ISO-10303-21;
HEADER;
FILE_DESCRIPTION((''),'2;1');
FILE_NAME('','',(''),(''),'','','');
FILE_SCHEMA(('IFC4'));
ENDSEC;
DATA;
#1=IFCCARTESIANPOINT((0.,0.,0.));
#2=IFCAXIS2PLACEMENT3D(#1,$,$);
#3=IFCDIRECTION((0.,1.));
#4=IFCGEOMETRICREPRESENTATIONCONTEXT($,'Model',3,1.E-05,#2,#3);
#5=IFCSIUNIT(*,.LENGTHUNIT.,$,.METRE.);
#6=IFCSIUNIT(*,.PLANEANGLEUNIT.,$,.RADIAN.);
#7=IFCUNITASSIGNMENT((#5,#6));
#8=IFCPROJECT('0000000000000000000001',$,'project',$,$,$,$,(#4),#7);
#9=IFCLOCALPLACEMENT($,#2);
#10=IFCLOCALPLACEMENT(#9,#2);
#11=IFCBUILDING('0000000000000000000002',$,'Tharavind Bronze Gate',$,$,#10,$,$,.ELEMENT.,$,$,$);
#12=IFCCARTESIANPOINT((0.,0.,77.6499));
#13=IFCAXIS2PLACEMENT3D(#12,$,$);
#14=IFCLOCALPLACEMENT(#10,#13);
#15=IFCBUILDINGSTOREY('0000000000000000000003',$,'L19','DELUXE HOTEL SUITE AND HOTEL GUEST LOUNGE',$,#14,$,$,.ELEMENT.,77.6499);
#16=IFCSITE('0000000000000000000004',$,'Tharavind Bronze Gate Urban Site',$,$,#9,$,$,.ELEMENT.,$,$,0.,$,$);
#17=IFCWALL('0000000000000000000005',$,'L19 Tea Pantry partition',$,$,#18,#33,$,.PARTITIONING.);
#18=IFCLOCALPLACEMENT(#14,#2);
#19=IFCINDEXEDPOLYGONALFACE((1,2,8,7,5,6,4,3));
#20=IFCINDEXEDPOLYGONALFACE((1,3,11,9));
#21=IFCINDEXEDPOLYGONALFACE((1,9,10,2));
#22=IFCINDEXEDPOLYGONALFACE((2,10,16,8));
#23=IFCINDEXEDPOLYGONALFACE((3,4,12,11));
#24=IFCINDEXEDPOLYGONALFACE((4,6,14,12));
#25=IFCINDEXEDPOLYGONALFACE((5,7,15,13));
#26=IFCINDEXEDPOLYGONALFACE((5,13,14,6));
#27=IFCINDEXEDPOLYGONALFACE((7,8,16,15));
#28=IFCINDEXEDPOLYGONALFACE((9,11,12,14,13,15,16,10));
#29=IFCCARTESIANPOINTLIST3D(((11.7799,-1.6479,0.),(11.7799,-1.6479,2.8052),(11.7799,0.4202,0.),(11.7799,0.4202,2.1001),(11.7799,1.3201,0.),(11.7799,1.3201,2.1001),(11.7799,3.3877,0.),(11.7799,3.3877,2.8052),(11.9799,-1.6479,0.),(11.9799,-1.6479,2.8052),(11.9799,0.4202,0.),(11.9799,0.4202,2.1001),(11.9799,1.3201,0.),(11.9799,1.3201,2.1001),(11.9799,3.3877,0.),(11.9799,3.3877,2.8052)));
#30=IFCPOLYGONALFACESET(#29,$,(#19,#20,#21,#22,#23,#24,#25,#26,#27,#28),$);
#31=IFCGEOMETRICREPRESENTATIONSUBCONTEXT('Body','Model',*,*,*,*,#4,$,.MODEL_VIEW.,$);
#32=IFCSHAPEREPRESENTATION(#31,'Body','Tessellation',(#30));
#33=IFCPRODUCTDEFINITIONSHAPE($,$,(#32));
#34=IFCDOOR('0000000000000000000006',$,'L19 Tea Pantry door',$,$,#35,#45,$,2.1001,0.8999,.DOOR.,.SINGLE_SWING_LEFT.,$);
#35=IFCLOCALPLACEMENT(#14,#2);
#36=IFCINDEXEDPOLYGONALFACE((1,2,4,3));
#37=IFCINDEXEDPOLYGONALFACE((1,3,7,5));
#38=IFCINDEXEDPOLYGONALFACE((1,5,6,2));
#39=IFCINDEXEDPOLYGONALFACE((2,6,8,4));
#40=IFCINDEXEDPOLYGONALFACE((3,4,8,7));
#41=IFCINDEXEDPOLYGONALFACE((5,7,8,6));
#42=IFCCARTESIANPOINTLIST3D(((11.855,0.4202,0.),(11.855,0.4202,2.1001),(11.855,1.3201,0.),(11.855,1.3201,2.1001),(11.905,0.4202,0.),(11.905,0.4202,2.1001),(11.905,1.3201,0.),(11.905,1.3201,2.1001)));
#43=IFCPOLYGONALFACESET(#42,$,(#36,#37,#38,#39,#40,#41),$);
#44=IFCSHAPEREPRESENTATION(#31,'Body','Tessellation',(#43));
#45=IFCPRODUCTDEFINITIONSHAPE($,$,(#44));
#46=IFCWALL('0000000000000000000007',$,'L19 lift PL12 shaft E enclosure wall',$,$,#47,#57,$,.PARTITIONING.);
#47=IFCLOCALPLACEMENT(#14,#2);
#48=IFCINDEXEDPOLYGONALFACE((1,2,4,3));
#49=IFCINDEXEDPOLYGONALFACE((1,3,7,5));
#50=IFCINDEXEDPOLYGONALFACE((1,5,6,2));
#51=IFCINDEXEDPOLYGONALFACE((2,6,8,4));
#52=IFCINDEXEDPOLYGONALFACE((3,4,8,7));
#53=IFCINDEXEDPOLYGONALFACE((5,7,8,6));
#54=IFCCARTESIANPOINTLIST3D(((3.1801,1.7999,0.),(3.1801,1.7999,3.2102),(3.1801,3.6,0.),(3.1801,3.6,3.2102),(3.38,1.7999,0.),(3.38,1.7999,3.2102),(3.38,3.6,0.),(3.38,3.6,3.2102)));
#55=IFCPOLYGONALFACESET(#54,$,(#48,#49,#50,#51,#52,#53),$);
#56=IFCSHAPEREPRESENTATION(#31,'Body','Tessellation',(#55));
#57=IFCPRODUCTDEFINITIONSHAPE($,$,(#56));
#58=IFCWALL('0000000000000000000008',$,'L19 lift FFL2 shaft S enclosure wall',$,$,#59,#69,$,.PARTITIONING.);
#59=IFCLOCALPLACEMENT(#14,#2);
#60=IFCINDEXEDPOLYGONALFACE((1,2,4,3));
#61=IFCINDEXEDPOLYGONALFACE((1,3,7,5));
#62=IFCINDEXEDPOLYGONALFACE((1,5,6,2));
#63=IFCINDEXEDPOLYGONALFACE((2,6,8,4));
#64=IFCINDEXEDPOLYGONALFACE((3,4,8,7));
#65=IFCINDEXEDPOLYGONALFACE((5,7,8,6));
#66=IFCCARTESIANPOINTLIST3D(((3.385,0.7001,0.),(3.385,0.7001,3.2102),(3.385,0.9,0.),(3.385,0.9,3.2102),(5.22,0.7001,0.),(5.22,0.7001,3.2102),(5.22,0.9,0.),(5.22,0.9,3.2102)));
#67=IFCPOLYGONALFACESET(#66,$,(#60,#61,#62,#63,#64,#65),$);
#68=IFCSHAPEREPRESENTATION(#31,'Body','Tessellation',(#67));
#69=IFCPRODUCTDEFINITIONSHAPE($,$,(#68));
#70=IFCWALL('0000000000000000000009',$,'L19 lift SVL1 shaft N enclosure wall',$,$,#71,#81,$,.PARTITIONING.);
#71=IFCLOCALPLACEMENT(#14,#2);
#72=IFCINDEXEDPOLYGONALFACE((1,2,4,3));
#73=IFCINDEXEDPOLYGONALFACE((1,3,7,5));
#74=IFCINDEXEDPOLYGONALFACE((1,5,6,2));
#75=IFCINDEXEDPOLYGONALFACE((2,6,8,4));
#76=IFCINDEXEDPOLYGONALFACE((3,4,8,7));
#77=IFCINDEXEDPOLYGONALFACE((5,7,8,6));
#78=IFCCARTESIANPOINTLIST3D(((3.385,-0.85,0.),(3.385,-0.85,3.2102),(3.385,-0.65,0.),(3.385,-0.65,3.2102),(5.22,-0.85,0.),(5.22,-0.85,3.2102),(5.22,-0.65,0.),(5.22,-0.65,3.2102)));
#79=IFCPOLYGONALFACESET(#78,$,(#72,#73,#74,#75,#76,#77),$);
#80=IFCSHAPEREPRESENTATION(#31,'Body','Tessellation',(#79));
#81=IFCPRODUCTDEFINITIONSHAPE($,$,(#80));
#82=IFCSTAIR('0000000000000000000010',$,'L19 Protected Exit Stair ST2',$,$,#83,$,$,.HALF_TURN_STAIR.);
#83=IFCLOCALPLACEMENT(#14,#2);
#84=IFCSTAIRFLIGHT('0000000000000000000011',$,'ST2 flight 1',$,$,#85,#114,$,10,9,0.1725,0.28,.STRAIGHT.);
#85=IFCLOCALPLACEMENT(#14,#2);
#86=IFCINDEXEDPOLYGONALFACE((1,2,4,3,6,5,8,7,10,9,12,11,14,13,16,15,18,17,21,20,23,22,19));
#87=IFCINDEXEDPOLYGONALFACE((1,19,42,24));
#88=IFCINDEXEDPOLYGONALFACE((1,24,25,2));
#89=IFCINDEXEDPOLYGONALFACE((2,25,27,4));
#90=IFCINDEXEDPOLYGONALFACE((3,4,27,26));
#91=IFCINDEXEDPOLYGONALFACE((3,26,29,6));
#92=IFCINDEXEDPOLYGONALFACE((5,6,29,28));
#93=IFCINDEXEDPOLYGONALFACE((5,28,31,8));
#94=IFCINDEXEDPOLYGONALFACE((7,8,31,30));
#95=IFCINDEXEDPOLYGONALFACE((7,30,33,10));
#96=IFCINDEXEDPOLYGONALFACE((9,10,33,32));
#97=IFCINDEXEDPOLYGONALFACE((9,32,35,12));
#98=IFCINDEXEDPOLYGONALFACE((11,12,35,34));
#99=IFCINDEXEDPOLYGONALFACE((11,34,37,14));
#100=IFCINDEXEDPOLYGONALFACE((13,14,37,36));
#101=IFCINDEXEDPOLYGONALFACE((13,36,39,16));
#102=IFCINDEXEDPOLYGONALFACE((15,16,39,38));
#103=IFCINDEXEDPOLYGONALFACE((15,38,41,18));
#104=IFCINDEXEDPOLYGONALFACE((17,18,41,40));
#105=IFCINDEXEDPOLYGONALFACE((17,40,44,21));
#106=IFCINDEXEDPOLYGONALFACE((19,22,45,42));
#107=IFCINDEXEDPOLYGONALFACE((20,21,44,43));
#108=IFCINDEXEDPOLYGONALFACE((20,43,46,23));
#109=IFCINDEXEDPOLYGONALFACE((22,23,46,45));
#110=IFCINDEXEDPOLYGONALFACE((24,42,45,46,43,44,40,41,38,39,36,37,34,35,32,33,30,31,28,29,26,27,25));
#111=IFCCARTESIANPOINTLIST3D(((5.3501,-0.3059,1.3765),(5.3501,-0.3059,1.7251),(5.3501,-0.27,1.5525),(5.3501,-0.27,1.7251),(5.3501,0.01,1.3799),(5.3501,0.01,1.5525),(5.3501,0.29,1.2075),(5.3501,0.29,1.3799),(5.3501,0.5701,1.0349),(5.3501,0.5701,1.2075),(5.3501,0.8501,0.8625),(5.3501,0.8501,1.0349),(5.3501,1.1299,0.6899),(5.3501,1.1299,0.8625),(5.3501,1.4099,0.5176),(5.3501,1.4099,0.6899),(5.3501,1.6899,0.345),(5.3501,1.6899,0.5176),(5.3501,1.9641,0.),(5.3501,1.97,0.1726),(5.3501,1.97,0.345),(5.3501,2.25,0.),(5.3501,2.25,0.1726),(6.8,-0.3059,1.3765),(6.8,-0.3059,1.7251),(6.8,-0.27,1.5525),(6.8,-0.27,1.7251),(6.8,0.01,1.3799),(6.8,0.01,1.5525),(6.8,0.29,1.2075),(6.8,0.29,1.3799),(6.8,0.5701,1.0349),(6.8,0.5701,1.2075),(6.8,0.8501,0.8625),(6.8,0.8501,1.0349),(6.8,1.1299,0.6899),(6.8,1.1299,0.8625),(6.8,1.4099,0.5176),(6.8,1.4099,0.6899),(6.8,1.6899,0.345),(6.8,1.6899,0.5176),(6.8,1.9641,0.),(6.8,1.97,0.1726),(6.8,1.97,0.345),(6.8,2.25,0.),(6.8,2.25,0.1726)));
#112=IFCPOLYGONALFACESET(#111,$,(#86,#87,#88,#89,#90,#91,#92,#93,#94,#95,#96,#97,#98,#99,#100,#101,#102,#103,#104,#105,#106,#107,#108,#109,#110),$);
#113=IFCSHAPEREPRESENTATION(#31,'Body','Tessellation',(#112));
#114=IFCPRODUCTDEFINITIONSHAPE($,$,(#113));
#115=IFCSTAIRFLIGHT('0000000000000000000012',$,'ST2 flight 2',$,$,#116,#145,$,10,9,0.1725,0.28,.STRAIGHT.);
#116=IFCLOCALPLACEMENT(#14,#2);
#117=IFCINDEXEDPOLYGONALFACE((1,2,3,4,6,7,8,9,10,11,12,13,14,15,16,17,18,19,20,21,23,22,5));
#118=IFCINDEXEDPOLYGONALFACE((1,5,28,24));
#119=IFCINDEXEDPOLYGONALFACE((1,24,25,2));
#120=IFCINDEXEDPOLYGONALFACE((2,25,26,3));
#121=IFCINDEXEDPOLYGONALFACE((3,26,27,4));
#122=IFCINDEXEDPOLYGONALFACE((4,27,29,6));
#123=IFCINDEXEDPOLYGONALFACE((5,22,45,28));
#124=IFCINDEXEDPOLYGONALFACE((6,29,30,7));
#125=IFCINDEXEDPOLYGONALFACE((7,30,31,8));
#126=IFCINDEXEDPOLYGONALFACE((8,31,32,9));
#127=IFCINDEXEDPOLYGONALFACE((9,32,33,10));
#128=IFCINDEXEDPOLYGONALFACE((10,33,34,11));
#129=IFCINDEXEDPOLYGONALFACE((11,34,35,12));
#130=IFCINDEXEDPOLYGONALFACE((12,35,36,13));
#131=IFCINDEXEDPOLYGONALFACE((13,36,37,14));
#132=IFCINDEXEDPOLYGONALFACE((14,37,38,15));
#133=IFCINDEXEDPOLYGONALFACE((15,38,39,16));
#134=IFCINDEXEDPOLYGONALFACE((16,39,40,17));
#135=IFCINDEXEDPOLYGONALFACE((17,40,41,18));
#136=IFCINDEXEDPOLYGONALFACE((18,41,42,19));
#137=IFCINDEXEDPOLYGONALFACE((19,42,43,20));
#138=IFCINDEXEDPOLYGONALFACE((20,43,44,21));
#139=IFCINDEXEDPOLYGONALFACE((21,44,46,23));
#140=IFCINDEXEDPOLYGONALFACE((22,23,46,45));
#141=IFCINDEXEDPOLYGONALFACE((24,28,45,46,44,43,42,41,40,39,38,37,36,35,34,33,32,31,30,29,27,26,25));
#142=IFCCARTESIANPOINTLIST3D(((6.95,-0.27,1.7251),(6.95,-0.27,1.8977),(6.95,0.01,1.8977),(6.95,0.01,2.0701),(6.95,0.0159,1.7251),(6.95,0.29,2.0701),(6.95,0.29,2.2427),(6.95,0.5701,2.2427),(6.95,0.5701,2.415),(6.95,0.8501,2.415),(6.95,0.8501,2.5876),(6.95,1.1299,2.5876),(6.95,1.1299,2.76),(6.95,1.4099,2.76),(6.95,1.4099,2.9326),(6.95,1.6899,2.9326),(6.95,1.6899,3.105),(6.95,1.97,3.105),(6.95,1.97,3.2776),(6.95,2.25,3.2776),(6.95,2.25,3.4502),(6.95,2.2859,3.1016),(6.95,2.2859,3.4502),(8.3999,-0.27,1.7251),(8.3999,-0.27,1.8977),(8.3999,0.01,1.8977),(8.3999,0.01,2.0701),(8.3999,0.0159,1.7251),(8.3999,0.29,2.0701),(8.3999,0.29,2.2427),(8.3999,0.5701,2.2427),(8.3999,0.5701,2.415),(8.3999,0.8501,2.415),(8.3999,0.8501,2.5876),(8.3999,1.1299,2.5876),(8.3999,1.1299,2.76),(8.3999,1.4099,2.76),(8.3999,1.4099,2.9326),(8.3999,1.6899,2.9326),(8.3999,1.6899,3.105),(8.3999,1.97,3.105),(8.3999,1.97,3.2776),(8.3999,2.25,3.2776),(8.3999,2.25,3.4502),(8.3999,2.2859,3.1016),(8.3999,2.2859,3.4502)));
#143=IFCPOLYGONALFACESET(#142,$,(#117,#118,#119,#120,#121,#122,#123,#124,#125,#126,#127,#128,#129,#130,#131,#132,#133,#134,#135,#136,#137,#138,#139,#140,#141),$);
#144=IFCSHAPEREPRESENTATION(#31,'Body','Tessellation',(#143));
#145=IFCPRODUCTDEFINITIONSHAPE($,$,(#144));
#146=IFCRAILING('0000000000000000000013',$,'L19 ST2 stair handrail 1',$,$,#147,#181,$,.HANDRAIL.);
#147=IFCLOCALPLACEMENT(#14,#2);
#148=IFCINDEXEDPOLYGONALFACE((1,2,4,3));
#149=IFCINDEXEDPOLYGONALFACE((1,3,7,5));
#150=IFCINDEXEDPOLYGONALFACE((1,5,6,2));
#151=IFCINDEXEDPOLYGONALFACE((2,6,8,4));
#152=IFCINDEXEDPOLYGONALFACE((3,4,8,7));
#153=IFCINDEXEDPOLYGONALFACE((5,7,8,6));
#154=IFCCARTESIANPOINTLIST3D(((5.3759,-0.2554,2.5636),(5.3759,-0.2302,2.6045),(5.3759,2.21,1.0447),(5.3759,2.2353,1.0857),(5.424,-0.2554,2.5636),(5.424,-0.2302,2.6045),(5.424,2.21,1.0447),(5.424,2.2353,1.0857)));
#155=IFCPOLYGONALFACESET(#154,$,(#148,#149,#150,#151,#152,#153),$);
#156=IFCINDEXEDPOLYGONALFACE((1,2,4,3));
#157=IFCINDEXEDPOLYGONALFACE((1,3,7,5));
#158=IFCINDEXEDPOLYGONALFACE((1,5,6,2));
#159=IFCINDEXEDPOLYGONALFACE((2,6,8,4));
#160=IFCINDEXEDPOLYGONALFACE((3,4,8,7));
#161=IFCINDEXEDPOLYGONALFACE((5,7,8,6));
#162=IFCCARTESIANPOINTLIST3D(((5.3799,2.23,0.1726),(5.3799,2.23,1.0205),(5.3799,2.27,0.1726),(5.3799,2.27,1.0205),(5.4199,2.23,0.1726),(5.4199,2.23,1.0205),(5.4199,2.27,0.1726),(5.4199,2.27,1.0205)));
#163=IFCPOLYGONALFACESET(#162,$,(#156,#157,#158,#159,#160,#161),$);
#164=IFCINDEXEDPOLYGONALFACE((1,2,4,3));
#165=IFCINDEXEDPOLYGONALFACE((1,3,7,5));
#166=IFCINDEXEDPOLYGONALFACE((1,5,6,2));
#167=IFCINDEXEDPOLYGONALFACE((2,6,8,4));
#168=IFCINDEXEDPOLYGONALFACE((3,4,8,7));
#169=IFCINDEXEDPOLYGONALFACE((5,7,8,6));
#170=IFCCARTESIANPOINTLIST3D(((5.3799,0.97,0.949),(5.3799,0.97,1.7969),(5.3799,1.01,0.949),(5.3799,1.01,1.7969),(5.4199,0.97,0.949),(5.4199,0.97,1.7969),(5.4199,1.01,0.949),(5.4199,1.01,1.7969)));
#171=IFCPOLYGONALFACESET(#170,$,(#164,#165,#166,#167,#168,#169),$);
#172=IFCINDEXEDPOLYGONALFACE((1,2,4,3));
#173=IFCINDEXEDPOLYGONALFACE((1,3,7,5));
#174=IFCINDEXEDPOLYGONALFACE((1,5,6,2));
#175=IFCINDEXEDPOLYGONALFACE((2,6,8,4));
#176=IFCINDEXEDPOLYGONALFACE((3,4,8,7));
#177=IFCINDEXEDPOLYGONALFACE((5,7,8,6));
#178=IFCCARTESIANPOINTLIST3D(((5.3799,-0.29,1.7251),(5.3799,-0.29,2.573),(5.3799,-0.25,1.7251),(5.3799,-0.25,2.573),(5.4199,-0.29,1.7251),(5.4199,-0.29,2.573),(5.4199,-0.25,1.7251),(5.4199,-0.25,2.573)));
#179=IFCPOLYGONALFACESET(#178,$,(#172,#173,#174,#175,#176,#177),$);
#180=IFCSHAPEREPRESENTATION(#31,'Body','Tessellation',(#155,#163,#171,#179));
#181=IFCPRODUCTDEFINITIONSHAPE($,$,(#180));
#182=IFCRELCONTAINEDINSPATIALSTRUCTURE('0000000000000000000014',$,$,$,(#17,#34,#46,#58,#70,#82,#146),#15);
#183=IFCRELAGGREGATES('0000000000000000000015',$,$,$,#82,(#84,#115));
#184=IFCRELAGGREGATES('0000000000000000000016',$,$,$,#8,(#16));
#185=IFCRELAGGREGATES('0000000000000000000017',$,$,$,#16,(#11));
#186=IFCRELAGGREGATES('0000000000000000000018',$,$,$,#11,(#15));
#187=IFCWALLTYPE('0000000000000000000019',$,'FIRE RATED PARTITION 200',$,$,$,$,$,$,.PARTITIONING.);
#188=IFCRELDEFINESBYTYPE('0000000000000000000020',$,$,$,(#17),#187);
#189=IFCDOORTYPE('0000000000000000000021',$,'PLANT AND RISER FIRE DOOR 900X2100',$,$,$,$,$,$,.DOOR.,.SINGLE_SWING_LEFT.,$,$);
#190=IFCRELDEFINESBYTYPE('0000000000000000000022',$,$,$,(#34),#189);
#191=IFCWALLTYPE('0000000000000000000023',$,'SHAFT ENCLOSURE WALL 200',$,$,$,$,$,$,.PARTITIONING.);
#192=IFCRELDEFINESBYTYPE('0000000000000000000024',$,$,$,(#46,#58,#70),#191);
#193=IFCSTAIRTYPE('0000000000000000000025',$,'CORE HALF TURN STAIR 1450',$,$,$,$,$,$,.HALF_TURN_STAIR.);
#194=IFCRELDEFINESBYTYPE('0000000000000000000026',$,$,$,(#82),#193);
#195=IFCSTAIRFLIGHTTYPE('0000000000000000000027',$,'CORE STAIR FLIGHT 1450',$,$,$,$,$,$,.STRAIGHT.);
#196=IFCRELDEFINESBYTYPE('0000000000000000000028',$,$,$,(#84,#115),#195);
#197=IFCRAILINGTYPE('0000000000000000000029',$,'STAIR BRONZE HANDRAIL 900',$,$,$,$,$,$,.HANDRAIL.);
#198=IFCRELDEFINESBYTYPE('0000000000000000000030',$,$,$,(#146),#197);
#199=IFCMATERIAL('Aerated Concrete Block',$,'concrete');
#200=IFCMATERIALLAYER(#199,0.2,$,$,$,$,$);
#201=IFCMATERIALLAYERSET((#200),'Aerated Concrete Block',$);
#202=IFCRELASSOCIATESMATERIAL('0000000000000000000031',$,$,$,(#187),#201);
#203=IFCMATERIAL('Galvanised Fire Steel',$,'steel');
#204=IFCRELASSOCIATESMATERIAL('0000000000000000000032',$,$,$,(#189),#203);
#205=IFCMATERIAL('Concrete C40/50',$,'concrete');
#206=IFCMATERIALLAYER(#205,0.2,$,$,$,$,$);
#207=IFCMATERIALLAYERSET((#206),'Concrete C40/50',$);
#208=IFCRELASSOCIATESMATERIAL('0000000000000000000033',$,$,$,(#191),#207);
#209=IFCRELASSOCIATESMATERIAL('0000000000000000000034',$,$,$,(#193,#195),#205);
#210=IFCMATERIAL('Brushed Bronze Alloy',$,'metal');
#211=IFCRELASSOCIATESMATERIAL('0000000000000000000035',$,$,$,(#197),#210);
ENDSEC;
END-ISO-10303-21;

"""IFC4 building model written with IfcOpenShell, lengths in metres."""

from ifc_helpers import new_model, si_unit, direction, frame, frame_2d, origin, origin_2d, place, context, subcontext, project, spatial, polyline, rectangle, outline, extrude, material, layer, layer_set, type_object, element, fill, aggregate, save


model = new_model("IFC4")

# Units and contexts
model_context = context("Model", 3, precision=1e-05, world=origin(), true_north=direction((0.0, 1.0)))
body_context = subcontext(model_context, "Body", "Model", "MODEL_VIEW")
ifc_project = project(units=[si_unit("LENGTHUNIT", "METRE"), si_unit("PLANEANGLEUNIT", "RADIAN")], contexts=[model_context])

# Site, building, storey
site_placement = place(None, origin())
site = spatial("IfcSite", under=ifc_project, at=site_placement, Name="Tharavind Bronze Gate Urban Site", CompositionType="ELEMENT", RefElevation=0.0)
building_placement = place(site_placement, origin())
building = spatial("IfcBuilding", under=site, at=building_placement, Name="Tharavind Bronze Gate", CompositionType="ELEMENT")
storey_placement = place(building_placement, frame((0.0, 0.0, 77.6499)))
storey = spatial("IfcBuildingStorey", under=building, at=storey_placement, Name="L19", Description="DELUXE HOTEL SUITE AND HOTEL GUEST LOUNGE", CompositionType="ELEMENT", Elevation=77.6499)

# Shared definitions
ifc_material_1 = material(Name="Aerated Concrete Block", Category="concrete")
ifc_layer_1 = layer(ifc_material_1, 0.2)
ifc_layer_set_1 = layer_set([ifc_layer_1], Name="Aerated Concrete Block")
wall_type_1 = type_object("IfcWallType", Name="FIRE RATED PARTITION 200", PredefinedType="PARTITIONING", material=ifc_layer_set_1)

# Wall, opening, door
wall_1_placement = place(storey_placement, frame((11.8799, -1.6479, 0.0), z_axis=(0.0, 0.0, 1.0), x_axis=(0.0, 1.0, 0.0)))
wall_1 = element("IfcWall", 1, at=wall_1_placement, inside=storey, type_object=wall_type_1, Name="L19 Tea Pantry partition", PredefinedType="PARTITIONING", context=body_context, shape_type="SweptSolid", body=[
    extrude(rectangle(XDim=5.0356, YDim=0.2, at=frame_2d((2.5178, 0.0))), origin(), (0.0, 0.0, 1.0), 2.8052),
])
opening_1_placement = place(wall_1_placement, frame((2.0681, 0.0, 0.0)))
opening_1 = element("IfcOpeningElement", 2, at=opening_1_placement, cuts=wall_1, PredefinedType="OPENING", context=body_context, shape_type="SweptSolid", body=[
    extrude(rectangle(XDim=0.8999, YDim=2.1001, at=frame_2d((0.45, 1.05))), frame((0.0, 0.1101, 0.0), z_axis=(0.0, -1.0, 0.0), x_axis=(1.0, 0.0, 0.0)), (0.0, 0.0, 1.0), 0.22),
])
ifc_material_2 = material(Name="Galvanised Fire Steel", Category="steel")
door_type_1 = type_object("IfcDoorType", Name="PLANT AND RISER FIRE DOOR 900X2100", OperationType="SINGLE_SWING_LEFT", PredefinedType="DOOR", material=ifc_material_2)
door_1_placement = place(opening_1_placement, origin())
door_1 = element("IfcDoor", 3, at=door_1_placement, inside=storey, type_object=door_type_1, Name="L19 Tea Pantry door", OperationType="SINGLE_SWING_LEFT", OverallHeight=2.1001, OverallWidth=0.8999, PredefinedType="DOOR", context=body_context, shape_type="SweptSolid", body=[
    extrude(rectangle(XDim=0.8999, YDim=2.1001, at=frame_2d((0.45, 1.05))), frame((0.0, 0.0249, 0.0), z_axis=(0.0, -1.0, 0.0), x_axis=(1.0, 0.0, 0.0)), (0.0, 0.0, 1.0), 0.05),
])
fill(opening_1, door_1)

# Walls
ifc_material_3 = material(Name="Concrete C40/50", Category="concrete")
ifc_layer_2 = layer(ifc_material_3, 0.2)
ifc_layer_set_2 = layer_set([ifc_layer_2], Name="Concrete C40/50")
wall_type_2 = type_object("IfcWallType", Name="SHAFT ENCLOSURE WALL 200", PredefinedType="PARTITIONING", material=ifc_layer_set_2)
wall_2_placement = place(storey_placement, frame((3.28, 1.8, 0.0), z_axis=(0.0, 0.0, 1.0), x_axis=(0.0, 1.0, 0.0)))
element("IfcWall", 4, at=wall_2_placement, inside=storey, type_object=wall_type_2, Name="L19 lift PL12 shaft E enclosure wall", PredefinedType="PARTITIONING", context=body_context, shape_type="SweptSolid", body=[
    extrude(rectangle(XDim=1.8, YDim=0.2, at=frame_2d((0.8999, 0.0))), origin(), (0.0, 0.0, 1.0), 3.2102),
])
for number, where, z_axis, x_axis, name in (
    (5, (3.385, 0.8, 0.0), (0.0, 0.0, 1.0), (1.0, 0.0, 0.0), "L19 lift FFL2 shaft S enclosure wall"),
    (6, (3.385, -0.75, 0.0), (0.0, 0.0, 1.0), (1.0, 0.0, 0.0), "L19 lift SVL1 shaft N enclosure wall"),
):
    element("IfcWall", number, at=place(storey_placement, frame(where, z_axis=z_axis, x_axis=x_axis)), inside=storey, type_object=wall_type_2, Name=name, PredefinedType="PARTITIONING", context=body_context, shape_type="SweptSolid", body=[
        extrude(rectangle(XDim=1.835, YDim=0.2, at=frame_2d((0.9175, 0.0))), origin(), (0.0, 0.0, 1.0), 3.2102),
    ])

# Stair, stair flights
stair_type = type_object("IfcStairType", Name="CORE HALF TURN STAIR 1450", PredefinedType="HALF_TURN_STAIR", material=ifc_material_3)
stair_placement = place(storey_placement, origin())
stair = element("IfcStair", 7, at=stair_placement, inside=storey, type_object=stair_type, Name="L19 Protected Exit Stair ST2", PredefinedType="HALF_TURN_STAIR")
stair_flight_type = type_object("IfcStairFlightType", Name="CORE STAIR FLIGHT 1450", PredefinedType="STRAIGHT", material=ifc_material_3)
stair_flight_1_placement = place(storey_placement, frame((6.075, 2.25, 0.0), z_axis=(0.0, 0.0, 1.0), x_axis=(0.0, -1.0, 0.0)))
stair_flight_1 = element("IfcStairFlight", 8, at=stair_flight_1_placement, type_object=stair_flight_type, Name="ST2 flight 1", NumberOfRisers=10, NumberOfTreads=9, PredefinedType="STRAIGHT", RiserHeight=0.1725, TreadLength=0.28, context=body_context, shape_type="SweptSolid", body=[
    extrude(outline(polyline([(0.0, 0.0), (0.0, 0.1726), (0.28, 0.1726), (0.28, 0.345), (0.5601, 0.345), (0.5601, 0.5176), (0.8401, 0.5176), (0.8401, 0.6899), (1.1201, 0.6899), (1.1201, 0.8625), (1.3999, 0.8625), (1.3999, 1.0349), (1.6799, 1.0349), (1.6799, 1.2075), (1.96, 1.2075), (1.96, 1.3799), (2.24, 1.3799), (2.24, 1.5525), (2.52, 1.5525), (2.52, 1.7251), (2.5559, 1.7251), (2.5559, 1.3765), (0.2859, 0.0), (0.0, 0.0)])), frame((0.0, 0.7251, 0.0), z_axis=(0.0, -1.0, 0.0), x_axis=(1.0, 0.0, 0.0)), (0.0, 0.0, 1.0), 1.45),
])
stair_flight_2_placement = place(storey_placement, frame((7.675, -0.27, 1.7251), z_axis=(0.0, 0.0, 1.0), x_axis=(0.0, 1.0, 0.0)))
stair_flight_2 = element("IfcStairFlight", 9, at=stair_flight_2_placement, type_object=stair_flight_type, Name="ST2 flight 2", NumberOfRisers=10, NumberOfTreads=9, PredefinedType="STRAIGHT", RiserHeight=0.1725, TreadLength=0.28, context=body_context, shape_type="SweptSolid", body=[
    extrude(outline(polyline([(0.0, 0.0), (0.0, 0.1726), (0.28, 0.1726), (0.28, 0.345), (0.5601, 0.345), (0.5601, 0.5176), (0.8401, 0.5176), (0.8401, 0.6899), (1.1201, 0.6899), (1.1201, 0.8625), (1.3999, 0.8625), (1.3999, 1.0349), (1.6799, 1.0349), (1.6799, 1.2075), (1.96, 1.2075), (1.96, 1.3799), (2.24, 1.3799), (2.24, 1.5525), (2.52, 1.5525), (2.52, 1.7251), (2.5559, 1.7251), (2.5559, 1.3765), (0.2859, 0.0), (0.0, 0.0)])), frame((0.0, 0.7251, 0.0), z_axis=(0.0, -1.0, 0.0), x_axis=(1.0, 0.0, 0.0)), (0.0, 0.0, 1.0), 1.45),
])
aggregate(stair, [stair_flight_1, stair_flight_2])

# Railing
ifc_material_4 = material(Name="Brushed Bronze Alloy", Category="metal")
railing_type_1 = type_object("IfcRailingType", Name="STAIR BRONZE HANDRAIL 900", PredefinedType="HANDRAIL", material=ifc_material_4)
railing_1_placement = place(storey_placement, frame((5.3999, 2.25, 0.1726)))
element("IfcRailing", 10, at=railing_1_placement, inside=storey, type_object=railing_type_1, Name="L19 ST2 stair handrail 1", PredefinedType="HANDRAIL", context=body_context, shape_type="SweptSolid", body=[
    extrude(rectangle(XDim=0.0481, YDim=0.0481, at=origin_2d()), frame((0.0, -0.0273, 0.8926), z_axis=(0.0, -0.8514, 0.524516), x_axis=(1.0, 0.0, 0.0)), (0.0, 0.0, 1.0), 2.8958),
    extrude(rectangle(XDim=0.04, YDim=0.04, at=origin_2d()), origin(), (0.0, 0.0, 1.0), 0.8479),
    extrude(rectangle(XDim=0.04, YDim=0.04, at=origin_2d()), frame((0.0, -1.26, 0.7764)), (0.0, 0.0, 1.0), 0.8479),
    extrude(rectangle(XDim=0.04, YDim=0.04, at=origin_2d()), frame((0.0, -2.52, 1.5525)), (0.0, 0.0, 1.0), 0.8479),
])

save(model, "model.ifc")
